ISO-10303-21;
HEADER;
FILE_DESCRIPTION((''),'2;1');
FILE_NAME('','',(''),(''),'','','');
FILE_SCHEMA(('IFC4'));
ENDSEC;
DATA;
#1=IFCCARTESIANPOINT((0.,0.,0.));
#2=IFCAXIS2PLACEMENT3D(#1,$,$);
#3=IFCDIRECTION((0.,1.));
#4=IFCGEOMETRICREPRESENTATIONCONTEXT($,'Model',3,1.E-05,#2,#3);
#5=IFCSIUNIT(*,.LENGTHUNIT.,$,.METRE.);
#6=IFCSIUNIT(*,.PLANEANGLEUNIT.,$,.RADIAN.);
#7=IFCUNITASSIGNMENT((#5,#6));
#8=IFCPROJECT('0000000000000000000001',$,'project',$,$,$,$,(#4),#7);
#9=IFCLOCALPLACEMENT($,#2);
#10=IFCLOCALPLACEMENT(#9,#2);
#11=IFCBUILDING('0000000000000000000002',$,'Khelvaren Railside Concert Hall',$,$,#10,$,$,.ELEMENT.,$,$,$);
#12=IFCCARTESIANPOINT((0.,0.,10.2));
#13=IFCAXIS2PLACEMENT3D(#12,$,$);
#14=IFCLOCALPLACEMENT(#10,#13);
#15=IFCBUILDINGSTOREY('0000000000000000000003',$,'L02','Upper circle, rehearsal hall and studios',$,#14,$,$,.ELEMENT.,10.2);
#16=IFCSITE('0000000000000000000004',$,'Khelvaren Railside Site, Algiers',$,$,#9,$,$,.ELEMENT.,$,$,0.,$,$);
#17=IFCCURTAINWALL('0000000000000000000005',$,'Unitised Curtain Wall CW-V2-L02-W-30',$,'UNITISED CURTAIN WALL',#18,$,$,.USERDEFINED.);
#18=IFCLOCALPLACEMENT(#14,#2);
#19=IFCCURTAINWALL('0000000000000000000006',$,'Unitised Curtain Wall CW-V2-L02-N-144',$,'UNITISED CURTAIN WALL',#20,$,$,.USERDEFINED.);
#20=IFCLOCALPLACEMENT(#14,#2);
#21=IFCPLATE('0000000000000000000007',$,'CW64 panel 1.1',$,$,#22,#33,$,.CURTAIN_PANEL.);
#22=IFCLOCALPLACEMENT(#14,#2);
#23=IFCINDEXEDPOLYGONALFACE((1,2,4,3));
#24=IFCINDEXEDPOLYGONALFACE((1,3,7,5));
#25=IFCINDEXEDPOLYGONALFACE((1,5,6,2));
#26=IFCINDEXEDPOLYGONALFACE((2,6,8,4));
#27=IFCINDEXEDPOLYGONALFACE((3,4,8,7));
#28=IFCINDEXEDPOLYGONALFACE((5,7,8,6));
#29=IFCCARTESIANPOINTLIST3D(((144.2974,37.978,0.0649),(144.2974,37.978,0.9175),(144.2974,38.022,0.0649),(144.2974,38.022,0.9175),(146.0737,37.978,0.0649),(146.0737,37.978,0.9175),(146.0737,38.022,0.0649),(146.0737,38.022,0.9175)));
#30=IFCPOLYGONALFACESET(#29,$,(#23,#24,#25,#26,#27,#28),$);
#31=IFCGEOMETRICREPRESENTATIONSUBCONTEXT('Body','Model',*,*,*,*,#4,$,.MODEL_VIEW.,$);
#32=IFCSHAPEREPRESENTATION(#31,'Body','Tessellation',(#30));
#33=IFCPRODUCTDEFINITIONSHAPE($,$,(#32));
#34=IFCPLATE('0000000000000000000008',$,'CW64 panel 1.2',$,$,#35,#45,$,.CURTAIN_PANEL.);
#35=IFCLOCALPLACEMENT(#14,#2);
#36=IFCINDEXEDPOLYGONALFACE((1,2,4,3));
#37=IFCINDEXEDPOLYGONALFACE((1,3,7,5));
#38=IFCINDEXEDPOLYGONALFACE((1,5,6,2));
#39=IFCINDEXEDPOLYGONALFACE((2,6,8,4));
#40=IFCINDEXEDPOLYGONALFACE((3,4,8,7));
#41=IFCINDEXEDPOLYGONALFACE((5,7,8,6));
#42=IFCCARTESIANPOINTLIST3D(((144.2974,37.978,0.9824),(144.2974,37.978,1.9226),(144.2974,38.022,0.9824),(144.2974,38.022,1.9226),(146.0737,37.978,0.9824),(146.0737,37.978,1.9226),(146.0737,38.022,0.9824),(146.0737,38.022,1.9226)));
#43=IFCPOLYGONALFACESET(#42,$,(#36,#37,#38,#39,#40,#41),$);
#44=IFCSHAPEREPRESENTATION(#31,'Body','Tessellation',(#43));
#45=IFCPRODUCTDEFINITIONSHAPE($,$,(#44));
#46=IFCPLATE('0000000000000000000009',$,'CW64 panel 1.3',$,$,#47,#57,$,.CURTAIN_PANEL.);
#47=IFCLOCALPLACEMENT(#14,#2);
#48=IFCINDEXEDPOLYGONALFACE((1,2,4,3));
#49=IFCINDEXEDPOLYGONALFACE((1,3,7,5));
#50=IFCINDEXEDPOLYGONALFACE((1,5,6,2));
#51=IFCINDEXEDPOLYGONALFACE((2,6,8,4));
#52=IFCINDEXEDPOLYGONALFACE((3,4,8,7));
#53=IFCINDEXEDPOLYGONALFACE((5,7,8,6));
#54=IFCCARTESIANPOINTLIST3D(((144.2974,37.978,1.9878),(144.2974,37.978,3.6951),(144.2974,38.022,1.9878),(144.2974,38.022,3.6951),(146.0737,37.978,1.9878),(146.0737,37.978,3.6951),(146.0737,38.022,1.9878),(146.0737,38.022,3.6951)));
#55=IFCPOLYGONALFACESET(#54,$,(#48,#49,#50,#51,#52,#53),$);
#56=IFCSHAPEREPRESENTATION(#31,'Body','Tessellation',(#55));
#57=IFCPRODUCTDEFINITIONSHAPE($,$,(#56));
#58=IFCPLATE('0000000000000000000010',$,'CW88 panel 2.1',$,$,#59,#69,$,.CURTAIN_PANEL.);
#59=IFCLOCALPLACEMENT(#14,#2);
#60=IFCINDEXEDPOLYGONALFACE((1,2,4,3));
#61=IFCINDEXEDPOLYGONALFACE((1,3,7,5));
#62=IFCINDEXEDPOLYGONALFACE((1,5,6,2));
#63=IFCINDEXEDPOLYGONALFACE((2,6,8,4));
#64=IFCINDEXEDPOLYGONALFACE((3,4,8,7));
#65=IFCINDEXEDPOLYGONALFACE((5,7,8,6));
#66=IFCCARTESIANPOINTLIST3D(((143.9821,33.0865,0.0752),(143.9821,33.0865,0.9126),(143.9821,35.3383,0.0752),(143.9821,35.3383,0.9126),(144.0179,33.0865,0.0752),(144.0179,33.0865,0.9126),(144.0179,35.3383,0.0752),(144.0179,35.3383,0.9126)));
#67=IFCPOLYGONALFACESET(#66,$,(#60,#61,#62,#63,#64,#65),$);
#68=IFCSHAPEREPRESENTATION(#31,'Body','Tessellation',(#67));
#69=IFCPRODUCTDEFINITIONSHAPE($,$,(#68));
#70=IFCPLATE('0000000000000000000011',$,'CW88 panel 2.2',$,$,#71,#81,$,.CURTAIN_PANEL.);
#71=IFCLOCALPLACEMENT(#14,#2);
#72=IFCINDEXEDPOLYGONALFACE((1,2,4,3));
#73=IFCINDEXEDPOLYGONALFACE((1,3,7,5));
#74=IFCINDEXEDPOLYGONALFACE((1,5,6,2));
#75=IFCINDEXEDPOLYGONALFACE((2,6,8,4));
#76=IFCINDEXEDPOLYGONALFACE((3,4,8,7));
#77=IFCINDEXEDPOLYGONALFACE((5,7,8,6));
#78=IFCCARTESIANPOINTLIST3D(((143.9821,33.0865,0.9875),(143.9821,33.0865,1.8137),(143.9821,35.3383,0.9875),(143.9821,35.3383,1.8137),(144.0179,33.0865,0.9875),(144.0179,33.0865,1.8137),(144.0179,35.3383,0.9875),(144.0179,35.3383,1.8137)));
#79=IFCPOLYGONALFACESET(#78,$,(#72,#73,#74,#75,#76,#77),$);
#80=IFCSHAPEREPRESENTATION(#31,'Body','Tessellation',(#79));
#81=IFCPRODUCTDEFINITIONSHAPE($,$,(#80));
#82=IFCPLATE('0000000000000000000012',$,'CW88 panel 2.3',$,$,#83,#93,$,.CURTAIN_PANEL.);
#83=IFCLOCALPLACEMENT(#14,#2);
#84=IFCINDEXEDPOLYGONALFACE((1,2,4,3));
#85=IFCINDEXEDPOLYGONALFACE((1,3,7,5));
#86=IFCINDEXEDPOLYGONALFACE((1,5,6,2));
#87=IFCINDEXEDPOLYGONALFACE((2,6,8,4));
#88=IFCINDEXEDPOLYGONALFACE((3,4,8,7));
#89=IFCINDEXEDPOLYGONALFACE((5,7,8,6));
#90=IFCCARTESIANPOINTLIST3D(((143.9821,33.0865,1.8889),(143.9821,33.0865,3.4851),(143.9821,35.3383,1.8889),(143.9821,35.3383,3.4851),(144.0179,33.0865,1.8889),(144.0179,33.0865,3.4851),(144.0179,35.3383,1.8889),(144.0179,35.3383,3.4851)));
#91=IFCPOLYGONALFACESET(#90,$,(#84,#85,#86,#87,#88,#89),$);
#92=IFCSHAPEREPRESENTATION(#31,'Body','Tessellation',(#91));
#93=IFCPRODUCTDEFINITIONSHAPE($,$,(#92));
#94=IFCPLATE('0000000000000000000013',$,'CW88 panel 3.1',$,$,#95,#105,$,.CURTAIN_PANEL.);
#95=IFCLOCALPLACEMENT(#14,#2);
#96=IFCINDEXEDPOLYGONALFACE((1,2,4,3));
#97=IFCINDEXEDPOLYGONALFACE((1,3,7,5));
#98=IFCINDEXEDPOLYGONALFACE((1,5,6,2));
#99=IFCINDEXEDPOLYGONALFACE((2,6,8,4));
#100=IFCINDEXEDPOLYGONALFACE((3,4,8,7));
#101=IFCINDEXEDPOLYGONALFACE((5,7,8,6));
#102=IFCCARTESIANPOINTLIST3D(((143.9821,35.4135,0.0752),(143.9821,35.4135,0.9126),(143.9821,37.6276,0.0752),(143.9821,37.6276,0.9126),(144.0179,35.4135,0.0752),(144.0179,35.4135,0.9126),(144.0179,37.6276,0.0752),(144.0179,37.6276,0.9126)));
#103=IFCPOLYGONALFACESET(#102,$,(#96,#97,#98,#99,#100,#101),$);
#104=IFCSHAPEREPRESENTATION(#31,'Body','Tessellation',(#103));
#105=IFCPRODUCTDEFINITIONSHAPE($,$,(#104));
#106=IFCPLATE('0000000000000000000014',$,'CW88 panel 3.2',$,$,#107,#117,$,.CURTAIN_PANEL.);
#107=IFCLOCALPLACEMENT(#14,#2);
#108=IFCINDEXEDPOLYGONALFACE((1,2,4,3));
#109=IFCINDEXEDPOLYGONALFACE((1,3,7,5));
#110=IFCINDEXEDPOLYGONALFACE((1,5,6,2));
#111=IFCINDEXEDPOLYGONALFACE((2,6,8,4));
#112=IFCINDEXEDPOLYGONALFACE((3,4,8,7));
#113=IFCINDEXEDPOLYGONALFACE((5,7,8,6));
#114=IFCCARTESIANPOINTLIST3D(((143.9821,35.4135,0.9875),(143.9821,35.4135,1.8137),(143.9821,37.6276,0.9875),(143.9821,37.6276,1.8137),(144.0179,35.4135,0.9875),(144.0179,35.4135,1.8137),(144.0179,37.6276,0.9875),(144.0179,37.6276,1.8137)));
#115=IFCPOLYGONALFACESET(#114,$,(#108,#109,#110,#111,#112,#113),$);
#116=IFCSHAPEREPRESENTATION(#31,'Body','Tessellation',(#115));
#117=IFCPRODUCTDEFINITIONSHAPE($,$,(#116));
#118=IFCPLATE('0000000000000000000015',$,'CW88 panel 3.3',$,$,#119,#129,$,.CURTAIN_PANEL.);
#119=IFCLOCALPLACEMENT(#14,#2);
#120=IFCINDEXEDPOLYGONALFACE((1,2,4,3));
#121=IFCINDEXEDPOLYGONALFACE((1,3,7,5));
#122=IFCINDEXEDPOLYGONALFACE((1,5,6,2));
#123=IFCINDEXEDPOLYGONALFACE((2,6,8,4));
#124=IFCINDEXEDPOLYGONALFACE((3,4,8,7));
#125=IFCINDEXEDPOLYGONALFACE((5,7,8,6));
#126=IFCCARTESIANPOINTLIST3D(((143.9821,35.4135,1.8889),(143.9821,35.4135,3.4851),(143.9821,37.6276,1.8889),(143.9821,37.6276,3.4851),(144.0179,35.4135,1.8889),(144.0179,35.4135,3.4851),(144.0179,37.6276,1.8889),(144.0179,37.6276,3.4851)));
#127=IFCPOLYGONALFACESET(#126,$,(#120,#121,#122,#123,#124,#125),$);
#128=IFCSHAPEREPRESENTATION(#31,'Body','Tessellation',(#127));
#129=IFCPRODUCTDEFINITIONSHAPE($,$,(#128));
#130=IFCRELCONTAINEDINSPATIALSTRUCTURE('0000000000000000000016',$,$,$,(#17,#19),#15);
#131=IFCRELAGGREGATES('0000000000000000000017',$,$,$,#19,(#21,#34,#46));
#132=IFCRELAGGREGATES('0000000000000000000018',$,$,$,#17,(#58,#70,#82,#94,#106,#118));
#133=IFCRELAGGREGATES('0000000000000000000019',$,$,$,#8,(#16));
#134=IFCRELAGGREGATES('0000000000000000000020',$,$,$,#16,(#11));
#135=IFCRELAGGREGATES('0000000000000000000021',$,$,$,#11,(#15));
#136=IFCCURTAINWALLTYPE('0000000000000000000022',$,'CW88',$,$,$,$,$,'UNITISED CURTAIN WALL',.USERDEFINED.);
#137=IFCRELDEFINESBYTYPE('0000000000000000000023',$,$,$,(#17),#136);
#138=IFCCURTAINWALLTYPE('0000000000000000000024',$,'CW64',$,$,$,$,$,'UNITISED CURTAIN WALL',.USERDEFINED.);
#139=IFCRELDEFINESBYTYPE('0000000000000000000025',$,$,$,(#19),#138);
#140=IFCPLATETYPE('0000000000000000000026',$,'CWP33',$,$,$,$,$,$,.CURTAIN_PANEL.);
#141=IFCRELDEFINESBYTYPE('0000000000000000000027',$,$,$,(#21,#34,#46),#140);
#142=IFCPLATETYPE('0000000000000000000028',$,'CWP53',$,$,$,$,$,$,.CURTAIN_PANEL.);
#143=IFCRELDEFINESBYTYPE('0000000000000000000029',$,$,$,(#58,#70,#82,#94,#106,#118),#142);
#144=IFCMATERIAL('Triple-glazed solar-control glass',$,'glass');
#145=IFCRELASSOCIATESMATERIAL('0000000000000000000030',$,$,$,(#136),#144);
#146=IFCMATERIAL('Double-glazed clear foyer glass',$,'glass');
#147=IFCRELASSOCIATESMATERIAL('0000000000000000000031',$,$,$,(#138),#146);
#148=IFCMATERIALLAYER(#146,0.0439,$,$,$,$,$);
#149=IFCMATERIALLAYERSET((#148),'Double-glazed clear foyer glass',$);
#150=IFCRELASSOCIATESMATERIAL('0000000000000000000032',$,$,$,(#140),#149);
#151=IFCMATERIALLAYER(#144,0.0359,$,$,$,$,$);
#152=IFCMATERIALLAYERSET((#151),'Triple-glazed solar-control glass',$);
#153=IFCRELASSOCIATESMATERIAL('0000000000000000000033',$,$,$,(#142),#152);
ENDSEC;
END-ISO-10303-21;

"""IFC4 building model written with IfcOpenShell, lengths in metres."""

from ifc_helpers import new_model, si_unit, direction, frame, origin, origin_2d, place, context, subcontext, project, spatial, rectangle, extrude, material, layer, layer_set, type_object, element, aggregate, save


model = new_model("IFC4")

# Units and contexts
model_context = context("Model", 3, precision=1e-05, world=origin(), true_north=direction((0.0, 1.0)))
body_context = subcontext(model_context, "Body", "Model", "MODEL_VIEW")
ifc_project = project(units=[si_unit("LENGTHUNIT", "METRE"), si_unit("PLANEANGLEUNIT", "RADIAN")], contexts=[model_context])

# Site, building, storey
site_placement = place(None, origin())
site = spatial("IfcSite", under=ifc_project, at=site_placement, Name="Khelvaren Railside Site, Algiers", CompositionType="ELEMENT", RefElevation=0.0)
building_placement = place(site_placement, origin())
building = spatial("IfcBuilding", under=site, at=building_placement, Name="Khelvaren Railside Concert Hall", CompositionType="ELEMENT")
storey_placement = place(building_placement, frame((0.0, 0.0, 10.2)))
storey = spatial("IfcBuildingStorey", under=building, at=storey_placement, Name="L02", Description="Upper circle, rehearsal hall and studios", CompositionType="ELEMENT", Elevation=10.2)

# Curtain wall
ifc_material_1 = material(Name="Triple-glazed solar-control glass", Category="glass")
curtain_wall_type_1 = type_object("IfcCurtainWallType", Name="CW88", ElementType="UNITISED CURTAIN WALL", PredefinedType="USERDEFINED", material=ifc_material_1)
curtain_wall_1_placement = place(storey_placement, origin())
curtain_wall_1 = element("IfcCurtainWall", 1, at=curtain_wall_1_placement, inside=storey, type_object=curtain_wall_type_1, Name="Unitised Curtain Wall CW-V2-L02-W-30", ObjectType="UNITISED CURTAIN WALL", PredefinedType="USERDEFINED")

# Curtain wall
ifc_material_2 = material(Name="Double-glazed clear foyer glass", Category="glass")
curtain_wall_type_2 = type_object("IfcCurtainWallType", Name="CW64", ElementType="UNITISED CURTAIN WALL", PredefinedType="USERDEFINED", material=ifc_material_2)
curtain_wall_2_placement = place(storey_placement, origin())
curtain_wall_2 = element("IfcCurtainWall", 2, at=curtain_wall_2_placement, inside=storey, type_object=curtain_wall_type_2, Name="Unitised Curtain Wall CW-V2-L02-N-144", ObjectType="UNITISED CURTAIN WALL", PredefinedType="USERDEFINED")

# Plates
ifc_layer_1 = layer(ifc_material_2, 0.0439)
ifc_layer_set_1 = layer_set([ifc_layer_1], Name="Double-glazed clear foyer glass")
plate_type_1 = type_object("IfcPlateType", Name="CWP33", PredefinedType="CURTAIN_PANEL", material=ifc_layer_set_1)
plate_1_placement = place(storey_placement, frame((145.1855, 38.0, 0.0649), z_axis=(0.0, 0.0, 1.0), x_axis=(1.0, 0.0, 0.0)))
plate_1 = element("IfcPlate", 3, at=plate_1_placement, type_object=plate_type_1, Name="CW64 panel 1.1", PredefinedType="CURTAIN_PANEL", context=body_context, shape_type="SweptSolid", body=[
    extrude(rectangle(XDim=1.7764, YDim=0.0439, at=origin_2d()), origin(), (0.0, 0.0, 1.0), 0.8525),
])
plate_2_placement = place(storey_placement, frame((145.1855, 38.0, 0.9824), z_axis=(0.0, 0.0, 1.0), x_axis=(1.0, 0.0, 0.0)))
plate_2 = element("IfcPlate", 4, at=plate_2_placement, type_object=plate_type_1, Name="CW64 panel 1.2", PredefinedType="CURTAIN_PANEL", context=body_context, shape_type="SweptSolid", body=[
    extrude(rectangle(XDim=1.7764, YDim=0.0439, at=origin_2d()), origin(), (0.0, 0.0, 1.0), 0.9402),
])
plate_3_placement = place(storey_placement, frame((145.1855, 38.0, 1.9878), z_axis=(0.0, 0.0, 1.0), x_axis=(1.0, 0.0, 0.0)))
plate_3 = element("IfcPlate", 5, at=plate_3_placement, type_object=plate_type_1, Name="CW64 panel 1.3", PredefinedType="CURTAIN_PANEL", context=body_context, shape_type="SweptSolid", body=[
    extrude(rectangle(XDim=1.7764, YDim=0.0439, at=origin_2d()), origin(), (0.0, 0.0, 1.0), 1.7073),
])
aggregate(curtain_wall_2, [plate_1, plate_2, plate_3])
ifc_layer_2 = layer(ifc_material_1, 0.0359)
ifc_layer_set_2 = layer_set([ifc_layer_2], Name="Triple-glazed solar-control glass")
plate_type_2 = type_object("IfcPlateType", Name="CWP53", PredefinedType="CURTAIN_PANEL", material=ifc_layer_set_2)
plate_4_placement = place(storey_placement, frame((144.0, 34.2124, 0.0752), z_axis=(0.0, 0.0, 1.0), x_axis=(0.0, 1.0, 0.0)))
plate_4 = element("IfcPlate", 6, at=plate_4_placement, type_object=plate_type_2, Name="CW88 panel 2.1", PredefinedType="CURTAIN_PANEL", context=body_context, shape_type="SweptSolid", body=[
    extrude(rectangle(XDim=2.2517, YDim=0.0359, at=origin_2d()), origin(), (0.0, 0.0, 1.0), 0.8374),
])
plate_5_placement = place(storey_placement, frame((144.0, 34.2124, 0.9875), z_axis=(0.0, 0.0, 1.0), x_axis=(0.0, 1.0, 0.0)))
plate_5 = element("IfcPlate", 7, at=plate_5_placement, type_object=plate_type_2, Name="CW88 panel 2.2", PredefinedType="CURTAIN_PANEL", context=body_context, shape_type="SweptSolid", body=[
    extrude(rectangle(XDim=2.2517, YDim=0.0359, at=origin_2d()), origin(), (0.0, 0.0, 1.0), 0.8262),
])
plate_6_placement = place(storey_placement, frame((144.0, 34.2124, 1.8889), z_axis=(0.0, 0.0, 1.0), x_axis=(0.0, 1.0, 0.0)))
plate_6 = element("IfcPlate", 8, at=plate_6_placement, type_object=plate_type_2, Name="CW88 panel 2.3", PredefinedType="CURTAIN_PANEL", context=body_context, shape_type="SweptSolid", body=[
    extrude(rectangle(XDim=2.2517, YDim=0.0359, at=origin_2d()), origin(), (0.0, 0.0, 1.0), 1.5962),
])
plate_7_placement = place(storey_placement, frame((144.0, 36.5205, 0.0752), z_axis=(0.0, 0.0, 1.0), x_axis=(0.0, 1.0, 0.0)))
plate_7 = element("IfcPlate", 9, at=plate_7_placement, type_object=plate_type_2, Name="CW88 panel 3.1", PredefinedType="CURTAIN_PANEL", context=body_context, shape_type="SweptSolid", body=[
    extrude(rectangle(XDim=2.2141, YDim=0.0359, at=origin_2d()), origin(), (0.0, 0.0, 1.0), 0.8374),
])
plate_8_placement = place(storey_placement, frame((144.0, 36.5205, 0.9875), z_axis=(0.0, 0.0, 1.0), x_axis=(0.0, 1.0, 0.0)))
plate_8 = element("IfcPlate", 10, at=plate_8_placement, type_object=plate_type_2, Name="CW88 panel 3.2", PredefinedType="CURTAIN_PANEL", context=body_context, shape_type="SweptSolid", body=[
    extrude(rectangle(XDim=2.2141, YDim=0.0359, at=origin_2d()), origin(), (0.0, 0.0, 1.0), 0.8262),
])
plate_9_placement = place(storey_placement, frame((144.0, 36.5205, 1.8889), z_axis=(0.0, 0.0, 1.0), x_axis=(0.0, 1.0, 0.0)))
plate_9 = element("IfcPlate", 11, at=plate_9_placement, type_object=plate_type_2, Name="CW88 panel 3.3", PredefinedType="CURTAIN_PANEL", context=body_context, shape_type="SweptSolid", body=[
    extrude(rectangle(XDim=2.2141, YDim=0.0359, at=origin_2d()), origin(), (0.0, 0.0, 1.0), 1.5962),
])
aggregate(curtain_wall_1, [plate_4, plate_5, plate_6, plate_7, plate_8, plate_9])

save(model, "model.ifc")
